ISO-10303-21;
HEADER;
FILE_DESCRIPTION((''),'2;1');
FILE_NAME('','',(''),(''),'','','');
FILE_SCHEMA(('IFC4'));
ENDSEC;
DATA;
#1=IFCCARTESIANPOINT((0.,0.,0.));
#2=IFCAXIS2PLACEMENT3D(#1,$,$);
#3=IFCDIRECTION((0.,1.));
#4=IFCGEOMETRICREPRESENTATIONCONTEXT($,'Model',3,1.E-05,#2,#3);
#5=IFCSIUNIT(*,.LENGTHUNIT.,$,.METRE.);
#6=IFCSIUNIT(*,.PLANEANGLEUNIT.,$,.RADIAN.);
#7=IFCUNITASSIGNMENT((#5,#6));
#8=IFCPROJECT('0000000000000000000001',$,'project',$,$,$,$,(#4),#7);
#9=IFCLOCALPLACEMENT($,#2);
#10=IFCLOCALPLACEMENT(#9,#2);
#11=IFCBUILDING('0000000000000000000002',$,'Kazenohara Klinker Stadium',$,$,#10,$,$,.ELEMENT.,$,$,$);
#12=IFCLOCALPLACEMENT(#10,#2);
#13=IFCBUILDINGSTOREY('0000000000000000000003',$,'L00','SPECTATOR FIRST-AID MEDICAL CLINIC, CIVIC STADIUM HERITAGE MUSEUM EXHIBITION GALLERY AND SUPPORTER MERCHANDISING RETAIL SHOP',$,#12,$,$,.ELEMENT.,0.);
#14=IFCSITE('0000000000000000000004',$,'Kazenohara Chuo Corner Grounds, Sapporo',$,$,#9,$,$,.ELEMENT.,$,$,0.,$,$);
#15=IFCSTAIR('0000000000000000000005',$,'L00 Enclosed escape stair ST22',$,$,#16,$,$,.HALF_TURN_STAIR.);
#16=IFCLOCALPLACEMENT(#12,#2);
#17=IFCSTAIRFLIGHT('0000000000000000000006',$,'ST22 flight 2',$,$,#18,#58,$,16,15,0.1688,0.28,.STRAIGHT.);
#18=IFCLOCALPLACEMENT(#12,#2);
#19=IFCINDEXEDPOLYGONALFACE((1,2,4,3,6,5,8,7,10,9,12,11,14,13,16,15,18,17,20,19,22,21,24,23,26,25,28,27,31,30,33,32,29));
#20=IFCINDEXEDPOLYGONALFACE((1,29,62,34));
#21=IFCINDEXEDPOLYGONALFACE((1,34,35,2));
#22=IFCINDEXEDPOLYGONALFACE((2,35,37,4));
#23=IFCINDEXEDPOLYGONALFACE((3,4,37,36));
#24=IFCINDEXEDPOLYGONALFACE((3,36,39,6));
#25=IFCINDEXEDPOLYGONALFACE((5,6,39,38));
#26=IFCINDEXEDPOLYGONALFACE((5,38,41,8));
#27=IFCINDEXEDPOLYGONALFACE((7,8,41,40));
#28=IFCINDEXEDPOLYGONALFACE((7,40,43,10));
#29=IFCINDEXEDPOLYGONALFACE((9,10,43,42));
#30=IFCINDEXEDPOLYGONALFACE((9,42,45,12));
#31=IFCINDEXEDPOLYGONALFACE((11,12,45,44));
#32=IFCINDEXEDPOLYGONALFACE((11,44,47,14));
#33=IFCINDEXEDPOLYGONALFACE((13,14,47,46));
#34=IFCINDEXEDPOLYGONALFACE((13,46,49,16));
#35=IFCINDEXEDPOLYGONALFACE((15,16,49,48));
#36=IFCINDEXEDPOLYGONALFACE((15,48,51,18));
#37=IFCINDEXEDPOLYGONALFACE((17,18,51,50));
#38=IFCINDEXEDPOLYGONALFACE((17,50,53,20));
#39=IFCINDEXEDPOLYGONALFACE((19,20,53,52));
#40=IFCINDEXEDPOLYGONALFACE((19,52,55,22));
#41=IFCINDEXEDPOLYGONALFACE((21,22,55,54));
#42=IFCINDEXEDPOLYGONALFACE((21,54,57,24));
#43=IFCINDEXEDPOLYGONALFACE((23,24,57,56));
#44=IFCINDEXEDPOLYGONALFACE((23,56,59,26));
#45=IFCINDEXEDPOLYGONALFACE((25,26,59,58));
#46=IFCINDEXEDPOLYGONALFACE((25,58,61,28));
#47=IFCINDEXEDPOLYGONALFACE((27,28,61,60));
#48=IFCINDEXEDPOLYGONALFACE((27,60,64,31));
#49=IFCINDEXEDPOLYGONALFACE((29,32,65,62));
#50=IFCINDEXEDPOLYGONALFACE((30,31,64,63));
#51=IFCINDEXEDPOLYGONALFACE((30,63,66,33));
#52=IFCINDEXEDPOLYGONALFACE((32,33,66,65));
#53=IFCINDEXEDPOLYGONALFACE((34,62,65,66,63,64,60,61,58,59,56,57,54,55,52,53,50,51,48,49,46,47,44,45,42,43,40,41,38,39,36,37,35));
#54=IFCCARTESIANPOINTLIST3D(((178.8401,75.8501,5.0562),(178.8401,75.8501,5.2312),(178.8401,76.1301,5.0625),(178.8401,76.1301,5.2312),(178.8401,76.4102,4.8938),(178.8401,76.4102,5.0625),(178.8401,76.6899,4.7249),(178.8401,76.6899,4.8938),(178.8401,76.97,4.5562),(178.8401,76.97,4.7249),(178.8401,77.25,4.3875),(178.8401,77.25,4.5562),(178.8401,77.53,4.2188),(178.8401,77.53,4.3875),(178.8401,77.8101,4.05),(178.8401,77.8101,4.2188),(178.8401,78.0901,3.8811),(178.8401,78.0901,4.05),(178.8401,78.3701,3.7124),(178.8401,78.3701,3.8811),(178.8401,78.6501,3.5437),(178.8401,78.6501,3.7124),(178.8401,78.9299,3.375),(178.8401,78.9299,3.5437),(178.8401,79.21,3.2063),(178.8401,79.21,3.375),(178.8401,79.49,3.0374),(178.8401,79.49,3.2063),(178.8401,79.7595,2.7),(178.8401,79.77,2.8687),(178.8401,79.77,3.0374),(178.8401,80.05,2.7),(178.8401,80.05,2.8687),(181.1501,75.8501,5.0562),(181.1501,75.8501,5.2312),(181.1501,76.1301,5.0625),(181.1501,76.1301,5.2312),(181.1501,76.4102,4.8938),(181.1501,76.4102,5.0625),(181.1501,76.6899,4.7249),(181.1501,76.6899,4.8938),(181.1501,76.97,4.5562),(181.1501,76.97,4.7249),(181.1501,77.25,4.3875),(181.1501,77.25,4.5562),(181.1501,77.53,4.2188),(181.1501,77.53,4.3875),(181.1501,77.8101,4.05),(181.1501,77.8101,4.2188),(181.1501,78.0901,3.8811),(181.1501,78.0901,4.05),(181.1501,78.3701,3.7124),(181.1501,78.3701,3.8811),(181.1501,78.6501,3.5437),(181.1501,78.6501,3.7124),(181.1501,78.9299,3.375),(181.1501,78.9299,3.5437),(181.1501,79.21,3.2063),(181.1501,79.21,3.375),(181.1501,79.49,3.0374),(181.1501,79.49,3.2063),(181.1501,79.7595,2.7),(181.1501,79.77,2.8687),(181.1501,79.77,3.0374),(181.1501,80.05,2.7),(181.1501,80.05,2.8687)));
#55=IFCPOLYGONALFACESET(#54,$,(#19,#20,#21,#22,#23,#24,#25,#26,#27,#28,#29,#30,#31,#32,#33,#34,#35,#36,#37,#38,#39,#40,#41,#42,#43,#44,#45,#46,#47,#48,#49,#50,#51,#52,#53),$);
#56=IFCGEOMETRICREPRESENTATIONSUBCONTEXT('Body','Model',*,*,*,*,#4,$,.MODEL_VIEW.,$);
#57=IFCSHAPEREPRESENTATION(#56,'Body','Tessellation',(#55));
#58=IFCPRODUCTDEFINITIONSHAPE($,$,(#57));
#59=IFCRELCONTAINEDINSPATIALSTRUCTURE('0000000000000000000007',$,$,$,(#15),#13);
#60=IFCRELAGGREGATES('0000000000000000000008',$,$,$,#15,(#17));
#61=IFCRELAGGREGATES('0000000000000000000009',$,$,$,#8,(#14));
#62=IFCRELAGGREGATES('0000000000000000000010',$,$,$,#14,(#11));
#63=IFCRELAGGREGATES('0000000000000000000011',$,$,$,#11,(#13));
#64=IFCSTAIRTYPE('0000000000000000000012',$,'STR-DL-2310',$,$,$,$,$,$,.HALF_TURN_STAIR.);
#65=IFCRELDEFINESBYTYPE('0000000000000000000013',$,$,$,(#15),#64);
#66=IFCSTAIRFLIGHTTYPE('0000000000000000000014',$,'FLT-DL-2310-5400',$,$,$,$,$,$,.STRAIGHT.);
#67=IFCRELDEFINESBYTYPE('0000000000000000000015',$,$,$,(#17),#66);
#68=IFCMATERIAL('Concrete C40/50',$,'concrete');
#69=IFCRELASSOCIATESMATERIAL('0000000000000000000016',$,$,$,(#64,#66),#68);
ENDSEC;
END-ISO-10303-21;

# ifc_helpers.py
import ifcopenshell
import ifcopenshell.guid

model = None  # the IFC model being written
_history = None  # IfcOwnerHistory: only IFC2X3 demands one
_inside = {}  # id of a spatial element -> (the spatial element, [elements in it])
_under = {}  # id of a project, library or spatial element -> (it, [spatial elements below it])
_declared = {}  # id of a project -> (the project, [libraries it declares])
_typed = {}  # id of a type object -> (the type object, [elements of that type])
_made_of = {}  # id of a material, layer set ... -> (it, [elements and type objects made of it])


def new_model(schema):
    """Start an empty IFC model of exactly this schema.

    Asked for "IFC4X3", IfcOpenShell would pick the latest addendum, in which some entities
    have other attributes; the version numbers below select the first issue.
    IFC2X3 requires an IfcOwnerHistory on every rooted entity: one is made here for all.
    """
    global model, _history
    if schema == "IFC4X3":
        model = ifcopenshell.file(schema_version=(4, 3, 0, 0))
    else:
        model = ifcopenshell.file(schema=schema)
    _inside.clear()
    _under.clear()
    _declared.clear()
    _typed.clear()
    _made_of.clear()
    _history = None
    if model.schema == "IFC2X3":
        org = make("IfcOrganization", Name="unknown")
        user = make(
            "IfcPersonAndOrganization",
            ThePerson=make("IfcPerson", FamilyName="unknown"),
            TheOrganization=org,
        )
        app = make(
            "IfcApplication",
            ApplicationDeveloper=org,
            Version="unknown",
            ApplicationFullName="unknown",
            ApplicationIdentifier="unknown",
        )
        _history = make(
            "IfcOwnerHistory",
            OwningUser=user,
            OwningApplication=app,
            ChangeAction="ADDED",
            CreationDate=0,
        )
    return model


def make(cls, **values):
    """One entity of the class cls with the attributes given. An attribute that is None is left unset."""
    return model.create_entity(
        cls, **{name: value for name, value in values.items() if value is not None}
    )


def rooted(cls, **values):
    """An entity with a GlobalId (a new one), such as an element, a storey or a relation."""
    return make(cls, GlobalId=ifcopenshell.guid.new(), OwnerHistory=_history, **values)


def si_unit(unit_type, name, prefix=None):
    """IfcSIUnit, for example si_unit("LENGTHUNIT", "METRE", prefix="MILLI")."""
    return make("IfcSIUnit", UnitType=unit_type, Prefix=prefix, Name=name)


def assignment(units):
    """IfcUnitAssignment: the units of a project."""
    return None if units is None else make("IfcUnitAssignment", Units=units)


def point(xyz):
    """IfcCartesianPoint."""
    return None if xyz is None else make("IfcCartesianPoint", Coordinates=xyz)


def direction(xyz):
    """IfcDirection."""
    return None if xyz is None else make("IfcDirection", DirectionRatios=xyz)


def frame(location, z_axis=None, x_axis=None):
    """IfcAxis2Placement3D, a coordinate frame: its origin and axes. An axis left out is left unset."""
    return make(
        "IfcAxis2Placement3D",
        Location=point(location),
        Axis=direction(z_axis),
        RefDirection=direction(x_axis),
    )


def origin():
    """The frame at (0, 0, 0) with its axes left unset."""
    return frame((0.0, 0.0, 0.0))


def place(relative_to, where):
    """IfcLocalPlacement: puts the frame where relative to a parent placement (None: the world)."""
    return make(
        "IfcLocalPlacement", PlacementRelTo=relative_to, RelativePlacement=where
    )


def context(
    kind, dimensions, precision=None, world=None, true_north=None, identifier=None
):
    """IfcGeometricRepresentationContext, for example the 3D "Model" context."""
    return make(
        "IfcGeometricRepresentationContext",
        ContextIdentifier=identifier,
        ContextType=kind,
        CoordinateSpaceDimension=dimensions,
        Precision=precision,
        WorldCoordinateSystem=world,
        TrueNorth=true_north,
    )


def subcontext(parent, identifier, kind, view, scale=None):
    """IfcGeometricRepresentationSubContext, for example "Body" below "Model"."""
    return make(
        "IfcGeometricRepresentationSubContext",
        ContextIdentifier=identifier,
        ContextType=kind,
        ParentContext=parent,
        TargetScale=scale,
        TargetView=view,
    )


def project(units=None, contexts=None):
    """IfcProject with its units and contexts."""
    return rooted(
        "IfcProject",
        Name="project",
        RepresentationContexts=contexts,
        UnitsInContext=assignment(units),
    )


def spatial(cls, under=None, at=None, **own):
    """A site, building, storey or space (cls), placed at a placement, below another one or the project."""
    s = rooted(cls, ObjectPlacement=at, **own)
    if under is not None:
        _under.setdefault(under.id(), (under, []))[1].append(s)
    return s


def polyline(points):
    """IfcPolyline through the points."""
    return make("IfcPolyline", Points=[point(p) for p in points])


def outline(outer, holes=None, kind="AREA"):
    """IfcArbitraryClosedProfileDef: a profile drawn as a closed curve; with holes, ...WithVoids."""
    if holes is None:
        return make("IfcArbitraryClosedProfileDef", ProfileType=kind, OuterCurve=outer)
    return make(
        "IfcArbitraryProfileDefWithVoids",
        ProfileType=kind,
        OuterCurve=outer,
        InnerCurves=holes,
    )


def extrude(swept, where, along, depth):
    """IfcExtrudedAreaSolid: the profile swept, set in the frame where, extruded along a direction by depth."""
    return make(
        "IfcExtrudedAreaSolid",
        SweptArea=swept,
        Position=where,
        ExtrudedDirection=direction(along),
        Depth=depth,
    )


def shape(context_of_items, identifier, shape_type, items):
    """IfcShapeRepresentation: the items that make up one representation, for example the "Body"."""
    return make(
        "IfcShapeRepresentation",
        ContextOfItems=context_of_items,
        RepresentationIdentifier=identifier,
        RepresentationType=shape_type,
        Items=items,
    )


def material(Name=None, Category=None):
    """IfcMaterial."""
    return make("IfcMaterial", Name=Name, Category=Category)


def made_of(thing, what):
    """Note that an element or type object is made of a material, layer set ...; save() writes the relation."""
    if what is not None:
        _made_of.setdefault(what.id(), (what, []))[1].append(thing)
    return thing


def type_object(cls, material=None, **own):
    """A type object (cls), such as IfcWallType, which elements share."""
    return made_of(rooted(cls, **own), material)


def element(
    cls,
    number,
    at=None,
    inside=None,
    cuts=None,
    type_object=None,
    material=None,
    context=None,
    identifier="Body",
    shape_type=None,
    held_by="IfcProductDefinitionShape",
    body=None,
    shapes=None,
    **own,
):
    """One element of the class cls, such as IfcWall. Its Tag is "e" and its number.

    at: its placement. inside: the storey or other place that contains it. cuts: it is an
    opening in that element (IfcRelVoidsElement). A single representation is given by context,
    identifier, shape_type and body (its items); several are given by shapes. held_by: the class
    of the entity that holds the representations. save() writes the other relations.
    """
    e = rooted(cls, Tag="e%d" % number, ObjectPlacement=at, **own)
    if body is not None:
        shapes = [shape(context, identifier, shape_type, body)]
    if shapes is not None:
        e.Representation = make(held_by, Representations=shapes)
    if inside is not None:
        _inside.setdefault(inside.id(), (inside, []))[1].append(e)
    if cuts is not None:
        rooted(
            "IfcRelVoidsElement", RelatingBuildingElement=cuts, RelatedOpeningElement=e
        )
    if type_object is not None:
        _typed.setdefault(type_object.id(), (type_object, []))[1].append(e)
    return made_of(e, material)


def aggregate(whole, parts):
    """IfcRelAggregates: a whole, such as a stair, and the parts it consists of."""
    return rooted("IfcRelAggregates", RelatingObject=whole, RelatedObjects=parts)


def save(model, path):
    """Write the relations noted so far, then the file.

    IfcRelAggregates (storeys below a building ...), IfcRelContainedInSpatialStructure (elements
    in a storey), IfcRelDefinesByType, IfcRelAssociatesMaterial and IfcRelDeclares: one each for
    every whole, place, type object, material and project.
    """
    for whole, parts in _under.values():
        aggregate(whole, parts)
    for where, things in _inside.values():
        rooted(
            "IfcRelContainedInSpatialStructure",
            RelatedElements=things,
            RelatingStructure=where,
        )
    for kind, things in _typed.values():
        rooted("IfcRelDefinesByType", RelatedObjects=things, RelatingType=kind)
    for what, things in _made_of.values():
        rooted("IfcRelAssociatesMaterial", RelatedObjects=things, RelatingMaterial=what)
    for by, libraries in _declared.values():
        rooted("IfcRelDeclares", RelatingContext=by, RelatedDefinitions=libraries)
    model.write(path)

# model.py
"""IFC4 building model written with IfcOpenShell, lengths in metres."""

from ifc_helpers import new_model, si_unit, direction, frame, origin, place, context, subcontext, project, spatial, polyline, outline, extrude, material, type_object, element, aggregate, save


model = new_model("IFC4")

# Units and contexts
model_context = context("Model", 3, precision=1e-05, world=origin(), true_north=direction((0.0, 1.0)))
body_context = subcontext(model_context, "Body", "Model", "MODEL_VIEW")
ifc_project = project(units=[si_unit("LENGTHUNIT", "METRE"), si_unit("PLANEANGLEUNIT", "RADIAN")], contexts=[model_context])

# Site, building, storey
site_placement = place(None, origin())
site = spatial("IfcSite", under=ifc_project, at=site_placement, Name="Kazenohara Chuo Corner Grounds, Sapporo", CompositionType="ELEMENT", RefElevation=0.0)
building_placement = place(site_placement, origin())
building = spatial("IfcBuilding", under=site, at=building_placement, Name="Kazenohara Klinker Stadium", CompositionType="ELEMENT")
storey_placement = place(building_placement, origin())
storey = spatial("IfcBuildingStorey", under=building, at=storey_placement, Name="L00", Description="SPECTATOR FIRST-AID MEDICAL CLINIC, CIVIC STADIUM HERITAGE MUSEUM EXHIBITION GALLERY AND SUPPORTER MERCHANDISING RETAIL SHOP", CompositionType="ELEMENT", Elevation=0.0)

# Shared definitions
ifc_material_1 = material(Name="Concrete C40/50", Category="concrete")

# Stair, stair flight
stair_type = type_object("IfcStairType", Name="STR-DL-2310", PredefinedType="HALF_TURN_STAIR", material=ifc_material_1)
stair_placement = place(storey_placement, origin())
stair = element("IfcStair", 1, at=stair_placement, inside=storey, type_object=stair_type, Name="L00 Enclosed escape stair ST22", PredefinedType="HALF_TURN_STAIR")
stair_flight_type = type_object("IfcStairFlightType", Name="FLT-DL-2310-5400", PredefinedType="STRAIGHT", material=ifc_material_1)
stair_flight_1_placement = place(storey_placement, frame((179.9951, 80.05, 2.7), z_axis=(0.0, 0.0, 1.0), x_axis=(0.0, -1.0, 0.0)))
stair_flight_1 = element("IfcStairFlight", 2, at=stair_flight_1_placement, type_object=stair_flight_type, Name="ST22 flight 2", NumberOfRisers=16, NumberOfTreads=15, PredefinedType="STRAIGHT", RiserHeight=0.1688, TreadLength=0.28, context=body_context, shape_type="SweptSolid", body=[
    extrude(outline(polyline([(0.0, 0.0), (0.0, 0.1687), (0.28, 0.1687), (0.28, 0.3374), (0.5601, 0.3374), (0.5601, 0.5063), (0.8401, 0.5063), (0.8401, 0.675), (1.1201, 0.675), (1.1201, 0.8438), (1.3999, 0.8438), (1.3999, 1.0125), (1.6799, 1.0125), (1.6799, 1.1812), (1.96, 1.1812), (1.96, 1.3501), (2.24, 1.3501), (2.24, 1.5188), (2.52, 1.5188), (2.52, 1.6875), (2.8, 1.6875), (2.8, 1.8562), (3.0801, 1.8562), (3.0801, 2.0249), (3.3601, 2.0249), (3.3601, 2.1938), (3.6399, 2.1938), (3.6399, 2.3625), (3.9199, 2.3625), (3.9199, 2.5312), (4.2, 2.5312), (4.2, 2.7), (4.2, 2.3562), (0.2905, 0.0), (0.0, 0.0)])), frame((0.0, 1.155, 0.0), z_axis=(0.0, -1.0, 0.0), x_axis=(1.0, 0.0, 0.0)), (0.0, 0.0, 1.0), 2.3101),
])
aggregate(stair, [stair_flight_1])

save(model, "model.ifc")
